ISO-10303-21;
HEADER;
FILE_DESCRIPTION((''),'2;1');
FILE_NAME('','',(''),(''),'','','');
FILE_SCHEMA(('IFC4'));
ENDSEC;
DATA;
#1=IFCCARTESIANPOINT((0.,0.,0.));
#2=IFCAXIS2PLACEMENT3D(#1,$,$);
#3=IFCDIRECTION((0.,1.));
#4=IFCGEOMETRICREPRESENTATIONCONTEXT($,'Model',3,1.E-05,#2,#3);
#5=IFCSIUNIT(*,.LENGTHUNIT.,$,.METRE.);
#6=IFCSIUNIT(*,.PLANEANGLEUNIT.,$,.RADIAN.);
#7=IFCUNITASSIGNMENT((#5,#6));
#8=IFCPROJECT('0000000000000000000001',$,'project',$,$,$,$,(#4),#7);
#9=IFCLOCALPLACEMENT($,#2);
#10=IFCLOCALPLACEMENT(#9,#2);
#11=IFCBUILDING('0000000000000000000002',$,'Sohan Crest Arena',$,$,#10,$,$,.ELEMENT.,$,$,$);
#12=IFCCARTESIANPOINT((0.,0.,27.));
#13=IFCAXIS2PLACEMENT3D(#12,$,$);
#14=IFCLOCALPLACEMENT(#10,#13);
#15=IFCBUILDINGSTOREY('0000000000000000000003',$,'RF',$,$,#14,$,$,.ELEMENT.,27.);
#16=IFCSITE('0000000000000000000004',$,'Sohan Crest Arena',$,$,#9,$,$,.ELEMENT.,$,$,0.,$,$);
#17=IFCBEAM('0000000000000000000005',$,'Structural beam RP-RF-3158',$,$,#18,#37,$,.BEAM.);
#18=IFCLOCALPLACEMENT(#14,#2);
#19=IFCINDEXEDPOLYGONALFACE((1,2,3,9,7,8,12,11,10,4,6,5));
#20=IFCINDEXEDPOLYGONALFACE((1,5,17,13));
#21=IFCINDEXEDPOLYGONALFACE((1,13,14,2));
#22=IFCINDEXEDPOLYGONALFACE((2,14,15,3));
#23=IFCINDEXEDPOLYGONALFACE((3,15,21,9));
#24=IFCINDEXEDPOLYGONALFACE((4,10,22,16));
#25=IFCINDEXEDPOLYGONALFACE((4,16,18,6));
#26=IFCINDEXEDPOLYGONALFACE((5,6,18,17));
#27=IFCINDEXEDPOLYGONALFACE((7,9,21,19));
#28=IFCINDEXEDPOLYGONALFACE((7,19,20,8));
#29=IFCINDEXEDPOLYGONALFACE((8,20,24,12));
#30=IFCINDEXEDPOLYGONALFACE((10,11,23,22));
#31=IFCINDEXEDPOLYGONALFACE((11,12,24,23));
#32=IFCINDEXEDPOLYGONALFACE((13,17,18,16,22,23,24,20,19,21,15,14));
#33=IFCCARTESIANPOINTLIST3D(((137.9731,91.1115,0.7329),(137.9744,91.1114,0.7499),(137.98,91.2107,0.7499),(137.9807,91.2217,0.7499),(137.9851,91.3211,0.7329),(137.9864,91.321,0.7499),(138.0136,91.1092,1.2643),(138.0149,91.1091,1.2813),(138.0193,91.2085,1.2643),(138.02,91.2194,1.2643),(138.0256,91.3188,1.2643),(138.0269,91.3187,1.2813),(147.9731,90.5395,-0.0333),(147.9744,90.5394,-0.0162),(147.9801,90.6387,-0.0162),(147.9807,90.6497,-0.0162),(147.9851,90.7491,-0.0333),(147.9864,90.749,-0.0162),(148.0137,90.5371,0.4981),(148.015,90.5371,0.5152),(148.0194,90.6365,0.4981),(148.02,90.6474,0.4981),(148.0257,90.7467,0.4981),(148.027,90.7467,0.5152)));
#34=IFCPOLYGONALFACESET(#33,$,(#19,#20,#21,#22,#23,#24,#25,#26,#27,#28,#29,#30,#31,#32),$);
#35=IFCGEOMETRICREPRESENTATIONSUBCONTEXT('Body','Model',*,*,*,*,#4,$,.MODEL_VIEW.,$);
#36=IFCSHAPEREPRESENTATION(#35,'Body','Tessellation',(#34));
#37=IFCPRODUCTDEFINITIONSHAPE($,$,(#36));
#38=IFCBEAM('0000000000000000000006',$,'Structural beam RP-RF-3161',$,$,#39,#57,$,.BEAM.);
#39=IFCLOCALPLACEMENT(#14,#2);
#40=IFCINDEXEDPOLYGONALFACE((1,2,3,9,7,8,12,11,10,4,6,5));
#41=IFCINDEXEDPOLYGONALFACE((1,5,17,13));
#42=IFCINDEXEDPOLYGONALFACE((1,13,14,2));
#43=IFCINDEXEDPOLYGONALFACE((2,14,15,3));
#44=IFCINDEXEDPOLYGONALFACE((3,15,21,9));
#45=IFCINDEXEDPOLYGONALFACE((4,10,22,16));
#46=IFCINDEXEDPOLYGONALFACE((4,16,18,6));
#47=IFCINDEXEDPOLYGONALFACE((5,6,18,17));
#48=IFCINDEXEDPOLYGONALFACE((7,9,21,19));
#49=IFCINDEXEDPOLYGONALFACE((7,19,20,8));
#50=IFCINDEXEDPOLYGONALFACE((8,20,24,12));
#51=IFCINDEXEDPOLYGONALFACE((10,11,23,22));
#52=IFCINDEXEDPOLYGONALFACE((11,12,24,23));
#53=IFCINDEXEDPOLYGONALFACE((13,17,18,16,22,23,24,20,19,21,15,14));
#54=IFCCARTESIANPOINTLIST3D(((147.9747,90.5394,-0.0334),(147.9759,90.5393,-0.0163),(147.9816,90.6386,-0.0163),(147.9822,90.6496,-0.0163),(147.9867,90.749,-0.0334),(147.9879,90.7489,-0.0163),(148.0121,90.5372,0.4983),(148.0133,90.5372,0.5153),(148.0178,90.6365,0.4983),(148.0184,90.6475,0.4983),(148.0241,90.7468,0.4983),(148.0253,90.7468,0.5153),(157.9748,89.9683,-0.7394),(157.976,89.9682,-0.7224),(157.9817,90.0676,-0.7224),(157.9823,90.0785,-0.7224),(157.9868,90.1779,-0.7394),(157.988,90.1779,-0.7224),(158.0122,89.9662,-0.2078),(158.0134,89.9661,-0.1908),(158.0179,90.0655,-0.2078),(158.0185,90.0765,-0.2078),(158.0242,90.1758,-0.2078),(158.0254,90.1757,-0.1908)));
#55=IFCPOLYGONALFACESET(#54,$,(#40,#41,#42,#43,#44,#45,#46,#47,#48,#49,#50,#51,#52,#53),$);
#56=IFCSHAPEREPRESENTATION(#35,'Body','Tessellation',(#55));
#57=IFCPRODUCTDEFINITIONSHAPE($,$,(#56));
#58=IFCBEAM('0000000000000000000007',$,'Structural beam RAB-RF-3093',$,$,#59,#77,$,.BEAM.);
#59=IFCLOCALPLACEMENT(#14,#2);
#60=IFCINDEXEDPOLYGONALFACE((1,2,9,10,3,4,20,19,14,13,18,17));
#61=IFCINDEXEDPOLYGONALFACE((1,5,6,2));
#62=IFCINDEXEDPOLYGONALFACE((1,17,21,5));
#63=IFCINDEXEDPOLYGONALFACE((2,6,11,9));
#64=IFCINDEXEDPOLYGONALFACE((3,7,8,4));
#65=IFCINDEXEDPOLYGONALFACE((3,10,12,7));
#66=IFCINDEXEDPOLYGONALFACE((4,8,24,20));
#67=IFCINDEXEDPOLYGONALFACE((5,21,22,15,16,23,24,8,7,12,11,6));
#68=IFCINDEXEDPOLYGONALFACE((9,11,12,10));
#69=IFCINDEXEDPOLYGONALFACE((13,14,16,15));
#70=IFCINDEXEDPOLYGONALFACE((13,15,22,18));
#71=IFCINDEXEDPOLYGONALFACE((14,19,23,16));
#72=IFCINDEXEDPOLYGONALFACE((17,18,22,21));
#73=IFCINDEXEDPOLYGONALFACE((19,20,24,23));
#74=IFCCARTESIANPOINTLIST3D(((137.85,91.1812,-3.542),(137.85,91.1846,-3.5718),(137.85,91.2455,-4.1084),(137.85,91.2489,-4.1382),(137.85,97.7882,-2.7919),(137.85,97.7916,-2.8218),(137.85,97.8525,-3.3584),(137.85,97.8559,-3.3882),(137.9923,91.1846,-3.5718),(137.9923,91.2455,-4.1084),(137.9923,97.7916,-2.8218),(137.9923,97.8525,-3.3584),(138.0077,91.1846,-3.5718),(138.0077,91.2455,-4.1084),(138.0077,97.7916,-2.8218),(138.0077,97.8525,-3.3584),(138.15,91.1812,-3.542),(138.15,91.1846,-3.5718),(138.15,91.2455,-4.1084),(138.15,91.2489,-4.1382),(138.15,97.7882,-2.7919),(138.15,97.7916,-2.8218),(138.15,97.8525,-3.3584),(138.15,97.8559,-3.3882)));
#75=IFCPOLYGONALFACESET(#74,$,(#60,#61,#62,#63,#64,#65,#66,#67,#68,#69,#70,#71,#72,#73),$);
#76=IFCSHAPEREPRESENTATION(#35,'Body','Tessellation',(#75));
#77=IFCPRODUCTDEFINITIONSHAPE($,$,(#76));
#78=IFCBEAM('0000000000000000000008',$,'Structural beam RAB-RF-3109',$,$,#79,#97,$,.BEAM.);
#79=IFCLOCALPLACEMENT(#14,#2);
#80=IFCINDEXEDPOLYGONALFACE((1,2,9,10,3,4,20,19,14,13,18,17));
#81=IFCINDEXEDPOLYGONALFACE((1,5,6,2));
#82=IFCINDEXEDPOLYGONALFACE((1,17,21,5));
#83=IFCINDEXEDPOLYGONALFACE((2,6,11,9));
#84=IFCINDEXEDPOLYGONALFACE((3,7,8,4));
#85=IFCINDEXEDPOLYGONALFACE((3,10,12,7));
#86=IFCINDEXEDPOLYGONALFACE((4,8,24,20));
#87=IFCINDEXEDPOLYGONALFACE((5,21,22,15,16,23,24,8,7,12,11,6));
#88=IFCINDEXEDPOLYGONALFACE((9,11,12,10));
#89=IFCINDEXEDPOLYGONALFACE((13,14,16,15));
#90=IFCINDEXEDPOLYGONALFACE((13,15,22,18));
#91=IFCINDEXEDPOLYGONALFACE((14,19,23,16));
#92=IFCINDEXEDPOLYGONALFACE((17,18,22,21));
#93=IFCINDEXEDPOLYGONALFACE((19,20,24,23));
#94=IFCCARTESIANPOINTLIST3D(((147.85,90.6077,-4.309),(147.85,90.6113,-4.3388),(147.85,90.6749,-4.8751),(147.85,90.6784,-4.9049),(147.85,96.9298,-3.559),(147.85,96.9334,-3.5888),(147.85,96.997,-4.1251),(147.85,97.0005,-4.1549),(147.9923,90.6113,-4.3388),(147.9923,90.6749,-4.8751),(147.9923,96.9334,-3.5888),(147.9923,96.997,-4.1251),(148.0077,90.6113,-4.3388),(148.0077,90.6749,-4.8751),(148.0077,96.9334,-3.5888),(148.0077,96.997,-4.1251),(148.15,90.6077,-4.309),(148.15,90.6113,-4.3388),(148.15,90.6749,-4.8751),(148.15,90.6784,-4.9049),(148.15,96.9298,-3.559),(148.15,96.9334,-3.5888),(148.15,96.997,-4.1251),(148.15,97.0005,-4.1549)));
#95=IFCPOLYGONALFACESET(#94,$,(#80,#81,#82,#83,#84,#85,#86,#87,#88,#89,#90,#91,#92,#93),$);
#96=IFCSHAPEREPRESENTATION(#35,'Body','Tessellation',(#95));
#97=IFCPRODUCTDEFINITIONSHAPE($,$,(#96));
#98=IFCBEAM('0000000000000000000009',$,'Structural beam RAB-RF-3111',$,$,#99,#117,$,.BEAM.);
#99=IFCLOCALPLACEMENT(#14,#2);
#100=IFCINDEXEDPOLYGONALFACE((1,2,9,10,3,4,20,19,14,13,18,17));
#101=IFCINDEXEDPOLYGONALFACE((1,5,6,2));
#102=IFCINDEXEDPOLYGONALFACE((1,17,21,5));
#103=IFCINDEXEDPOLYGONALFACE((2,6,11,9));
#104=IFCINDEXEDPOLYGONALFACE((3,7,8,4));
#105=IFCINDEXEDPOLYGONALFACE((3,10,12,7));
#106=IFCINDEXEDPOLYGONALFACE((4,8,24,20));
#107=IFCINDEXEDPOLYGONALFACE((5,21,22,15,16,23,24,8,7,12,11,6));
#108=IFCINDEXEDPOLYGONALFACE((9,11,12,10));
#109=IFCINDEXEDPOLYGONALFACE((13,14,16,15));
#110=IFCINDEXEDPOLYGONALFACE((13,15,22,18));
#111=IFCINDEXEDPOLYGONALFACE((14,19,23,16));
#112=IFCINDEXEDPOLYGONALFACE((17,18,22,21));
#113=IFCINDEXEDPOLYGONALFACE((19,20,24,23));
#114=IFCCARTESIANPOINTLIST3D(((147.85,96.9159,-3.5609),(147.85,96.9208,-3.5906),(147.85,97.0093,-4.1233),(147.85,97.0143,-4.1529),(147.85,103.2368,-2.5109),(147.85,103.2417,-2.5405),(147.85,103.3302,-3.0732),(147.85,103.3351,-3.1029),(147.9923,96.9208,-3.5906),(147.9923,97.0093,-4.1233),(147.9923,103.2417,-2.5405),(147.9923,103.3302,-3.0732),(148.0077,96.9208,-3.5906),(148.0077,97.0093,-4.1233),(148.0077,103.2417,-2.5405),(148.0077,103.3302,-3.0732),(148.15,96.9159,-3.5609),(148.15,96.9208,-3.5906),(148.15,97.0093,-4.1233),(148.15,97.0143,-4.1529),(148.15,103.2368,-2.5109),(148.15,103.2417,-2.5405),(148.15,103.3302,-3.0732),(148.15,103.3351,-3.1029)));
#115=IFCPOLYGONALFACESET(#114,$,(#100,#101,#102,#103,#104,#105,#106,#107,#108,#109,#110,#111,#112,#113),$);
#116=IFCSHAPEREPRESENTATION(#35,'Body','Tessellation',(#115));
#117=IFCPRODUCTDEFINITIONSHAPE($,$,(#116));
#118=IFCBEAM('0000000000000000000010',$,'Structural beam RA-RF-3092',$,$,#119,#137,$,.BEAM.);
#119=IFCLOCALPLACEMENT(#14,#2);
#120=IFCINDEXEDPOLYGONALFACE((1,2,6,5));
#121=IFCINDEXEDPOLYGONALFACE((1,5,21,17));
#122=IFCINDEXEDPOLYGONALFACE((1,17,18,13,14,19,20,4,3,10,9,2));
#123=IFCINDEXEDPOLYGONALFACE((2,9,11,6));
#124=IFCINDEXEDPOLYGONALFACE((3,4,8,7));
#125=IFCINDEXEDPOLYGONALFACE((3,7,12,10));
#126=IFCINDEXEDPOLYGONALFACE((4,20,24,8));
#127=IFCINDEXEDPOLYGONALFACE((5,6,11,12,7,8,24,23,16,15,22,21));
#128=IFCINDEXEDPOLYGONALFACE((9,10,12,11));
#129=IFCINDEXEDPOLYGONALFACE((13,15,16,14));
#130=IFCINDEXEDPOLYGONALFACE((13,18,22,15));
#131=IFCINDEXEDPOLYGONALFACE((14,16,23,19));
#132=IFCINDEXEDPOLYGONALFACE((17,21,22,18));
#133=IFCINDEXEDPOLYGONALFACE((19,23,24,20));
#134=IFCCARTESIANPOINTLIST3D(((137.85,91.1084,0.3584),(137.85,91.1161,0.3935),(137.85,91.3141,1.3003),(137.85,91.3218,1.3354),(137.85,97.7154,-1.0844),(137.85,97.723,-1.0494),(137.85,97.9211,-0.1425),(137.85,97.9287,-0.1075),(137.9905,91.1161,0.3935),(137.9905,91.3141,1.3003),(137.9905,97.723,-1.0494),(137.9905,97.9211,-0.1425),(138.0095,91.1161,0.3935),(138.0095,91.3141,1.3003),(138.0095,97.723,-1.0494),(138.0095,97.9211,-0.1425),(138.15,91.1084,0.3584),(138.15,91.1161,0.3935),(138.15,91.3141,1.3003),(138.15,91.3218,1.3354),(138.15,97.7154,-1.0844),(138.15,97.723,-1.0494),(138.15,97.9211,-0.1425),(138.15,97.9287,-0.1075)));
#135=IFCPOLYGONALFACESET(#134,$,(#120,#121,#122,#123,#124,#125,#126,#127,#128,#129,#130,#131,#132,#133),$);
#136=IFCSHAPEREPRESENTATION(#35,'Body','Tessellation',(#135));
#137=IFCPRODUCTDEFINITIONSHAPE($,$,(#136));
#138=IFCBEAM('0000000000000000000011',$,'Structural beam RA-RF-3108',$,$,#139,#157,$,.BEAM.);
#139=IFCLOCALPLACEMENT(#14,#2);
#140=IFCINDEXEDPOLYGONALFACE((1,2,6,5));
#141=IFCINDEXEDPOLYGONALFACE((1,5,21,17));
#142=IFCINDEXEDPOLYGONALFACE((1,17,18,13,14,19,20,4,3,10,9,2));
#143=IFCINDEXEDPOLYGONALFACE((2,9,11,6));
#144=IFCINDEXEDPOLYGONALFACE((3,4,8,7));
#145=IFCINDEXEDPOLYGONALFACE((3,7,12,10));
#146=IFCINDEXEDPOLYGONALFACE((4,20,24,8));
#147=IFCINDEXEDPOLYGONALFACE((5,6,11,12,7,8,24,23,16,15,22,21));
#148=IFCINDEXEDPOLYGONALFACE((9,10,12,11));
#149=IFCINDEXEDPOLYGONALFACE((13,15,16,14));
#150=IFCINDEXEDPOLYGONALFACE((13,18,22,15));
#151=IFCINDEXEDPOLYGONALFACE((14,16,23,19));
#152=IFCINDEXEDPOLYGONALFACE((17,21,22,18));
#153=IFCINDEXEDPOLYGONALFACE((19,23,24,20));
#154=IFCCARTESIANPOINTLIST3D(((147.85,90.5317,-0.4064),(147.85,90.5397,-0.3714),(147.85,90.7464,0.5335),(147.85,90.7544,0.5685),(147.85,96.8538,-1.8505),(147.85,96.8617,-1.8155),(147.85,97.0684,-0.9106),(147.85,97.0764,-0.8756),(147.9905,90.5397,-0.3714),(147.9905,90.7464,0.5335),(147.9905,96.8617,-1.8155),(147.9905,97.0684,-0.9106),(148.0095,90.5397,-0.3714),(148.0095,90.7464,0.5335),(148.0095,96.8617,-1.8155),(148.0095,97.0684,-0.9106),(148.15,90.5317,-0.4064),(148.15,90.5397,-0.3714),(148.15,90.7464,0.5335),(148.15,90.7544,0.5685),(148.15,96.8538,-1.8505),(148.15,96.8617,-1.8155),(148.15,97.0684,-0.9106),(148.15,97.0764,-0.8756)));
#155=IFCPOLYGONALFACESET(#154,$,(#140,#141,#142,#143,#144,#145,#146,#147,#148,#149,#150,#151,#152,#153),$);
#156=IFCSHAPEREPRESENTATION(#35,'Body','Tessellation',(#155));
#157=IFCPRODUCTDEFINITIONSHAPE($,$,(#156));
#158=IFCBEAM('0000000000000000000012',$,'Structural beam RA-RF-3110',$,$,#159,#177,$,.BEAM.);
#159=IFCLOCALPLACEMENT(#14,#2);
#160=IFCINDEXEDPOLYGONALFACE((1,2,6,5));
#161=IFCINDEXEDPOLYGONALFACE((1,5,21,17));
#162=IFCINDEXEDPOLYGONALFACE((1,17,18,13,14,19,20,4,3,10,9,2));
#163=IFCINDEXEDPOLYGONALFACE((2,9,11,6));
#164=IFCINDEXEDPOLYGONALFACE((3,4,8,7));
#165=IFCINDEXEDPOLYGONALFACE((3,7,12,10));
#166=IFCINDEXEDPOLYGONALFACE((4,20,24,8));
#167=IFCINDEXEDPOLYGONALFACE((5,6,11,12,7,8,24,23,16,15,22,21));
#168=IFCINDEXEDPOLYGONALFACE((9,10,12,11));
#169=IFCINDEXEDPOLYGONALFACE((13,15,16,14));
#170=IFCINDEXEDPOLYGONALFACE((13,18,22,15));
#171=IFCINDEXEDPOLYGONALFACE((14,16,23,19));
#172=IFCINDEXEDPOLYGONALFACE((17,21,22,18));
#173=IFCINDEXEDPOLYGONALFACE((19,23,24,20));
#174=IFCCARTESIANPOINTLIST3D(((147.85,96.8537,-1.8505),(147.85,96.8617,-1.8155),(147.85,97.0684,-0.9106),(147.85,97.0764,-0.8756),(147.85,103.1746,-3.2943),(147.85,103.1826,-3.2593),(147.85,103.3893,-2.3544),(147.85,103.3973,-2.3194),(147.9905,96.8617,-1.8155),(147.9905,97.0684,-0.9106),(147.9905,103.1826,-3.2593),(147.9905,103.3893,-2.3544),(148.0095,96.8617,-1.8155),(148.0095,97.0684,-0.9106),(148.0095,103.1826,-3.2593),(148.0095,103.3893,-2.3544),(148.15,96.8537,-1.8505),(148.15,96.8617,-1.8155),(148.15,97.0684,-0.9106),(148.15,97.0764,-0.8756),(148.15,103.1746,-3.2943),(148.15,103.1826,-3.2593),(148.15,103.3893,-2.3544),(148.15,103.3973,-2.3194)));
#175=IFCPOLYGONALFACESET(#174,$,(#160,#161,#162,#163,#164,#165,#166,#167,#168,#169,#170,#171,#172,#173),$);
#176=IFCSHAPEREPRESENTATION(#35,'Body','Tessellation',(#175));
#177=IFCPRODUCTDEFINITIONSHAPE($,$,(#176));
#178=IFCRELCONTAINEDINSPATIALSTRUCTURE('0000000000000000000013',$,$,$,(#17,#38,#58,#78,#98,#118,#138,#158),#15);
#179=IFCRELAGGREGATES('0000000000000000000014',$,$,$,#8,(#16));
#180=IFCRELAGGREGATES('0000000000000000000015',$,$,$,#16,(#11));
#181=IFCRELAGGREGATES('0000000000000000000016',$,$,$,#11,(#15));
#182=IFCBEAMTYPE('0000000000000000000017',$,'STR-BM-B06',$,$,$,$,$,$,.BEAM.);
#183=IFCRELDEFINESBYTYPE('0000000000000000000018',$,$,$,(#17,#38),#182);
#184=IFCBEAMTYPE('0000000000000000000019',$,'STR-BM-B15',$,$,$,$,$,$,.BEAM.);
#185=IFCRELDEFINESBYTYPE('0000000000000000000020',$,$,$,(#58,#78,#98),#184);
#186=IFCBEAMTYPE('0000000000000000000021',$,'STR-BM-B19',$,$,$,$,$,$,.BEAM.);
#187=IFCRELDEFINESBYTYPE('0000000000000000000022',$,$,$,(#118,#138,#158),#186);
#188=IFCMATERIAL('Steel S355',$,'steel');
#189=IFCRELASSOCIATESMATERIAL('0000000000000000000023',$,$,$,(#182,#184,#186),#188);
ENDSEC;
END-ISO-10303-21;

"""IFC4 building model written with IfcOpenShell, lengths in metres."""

from ifc_helpers import new_model, si_unit, direction, frame, origin, origin_2d, place, context, subcontext, project, spatial, i_section, extrude, material, material_profile, profile_set, type_object, element, save


model = new_model("IFC4")

# Units and contexts
model_context = context("Model", 3, precision=1e-05, world=origin(), true_north=direction((0.0, 1.0)))
body_context = subcontext(model_context, "Body", "Model", "MODEL_VIEW")
ifc_project = project(units=[si_unit("LENGTHUNIT", "METRE"), si_unit("PLANEANGLEUNIT", "RADIAN")], contexts=[model_context])

# Site, building, storey
site_placement = place(None, origin())
site = spatial("IfcSite", under=ifc_project, at=site_placement, Name="Sohan Crest Arena", CompositionType="ELEMENT", RefElevation=0.0)
building_placement = place(site_placement, origin())
building = spatial("IfcBuilding", under=site, at=building_placement, Name="Sohan Crest Arena", CompositionType="ELEMENT")
storey_placement = place(building_placement, frame((0.0, 0.0, 27.0)))
storey = spatial("IfcBuildingStorey", under=building, at=storey_placement, Name="RF", CompositionType="ELEMENT", Elevation=27.0)

# Beams
ifc_material_1 = material(Name="Steel S355", Category="steel")
ifc_material_profile_1 = material_profile(ifc_material_1, i_section(OverallWidth=0.21, OverallDepth=0.55, WebThickness=0.011, FlangeThickness=0.0171, at=origin_2d()), Name="IPE 550")
ifc_profile_set_1 = profile_set([ifc_material_profile_1], Name="Steel S355")
beam_type_1 = type_object("IfcBeamType", Name="STR-BM-B06", PredefinedType="BEAM", material=ifc_profile_set_1)
beam_1_placement = place(storey_placement, frame((138.0, 91.2151, 1.0071), z_axis=(0.99546, -0.056942, -0.076264), x_axis=(0.057109, 0.998368, 0.0)))
element("IfcBeam", 1, at=beam_1_placement, inside=storey, type_object=beam_type_1, Name="Structural beam RP-RF-3158", PredefinedType="BEAM", context=body_context, shape_type="SweptSolid", body=[
    extrude(i_section(OverallWidth=0.21, OverallDepth=0.55, WebThickness=0.011, FlangeThickness=0.0171, at=origin_2d()), origin(), (0.0, 0.0, 1.0), 10.0457),
])
beam_2_placement = place(storey_placement, frame((148.0, 90.6431, 0.241), z_axis=(0.995902, -0.05687, -0.070316), x_axis=(0.057012, 0.998374, 0.0)))
element("IfcBeam", 2, at=beam_2_placement, inside=storey, type_object=beam_type_1, Name="Structural beam RP-RF-3161", PredefinedType="BEAM", context=body_context, shape_type="SweptSolid", body=[
    extrude(i_section(OverallWidth=0.21, OverallDepth=0.55, WebThickness=0.011, FlangeThickness=0.0171, at=origin_2d()), origin(), (0.0, 0.0, 1.0), 10.0413),
])
ifc_material_profile_2 = material_profile(ifc_material_1, i_section(OverallWidth=0.3, OverallDepth=0.6001, WebThickness=0.0154, FlangeThickness=0.03, at=origin_2d()), Name="HEB 600")
ifc_profile_set_2 = profile_set([ifc_material_profile_2], Name="Steel S355")
beam_type_2 = type_object("IfcBeamType", Name="STR-BM-B15", PredefinedType="BEAM", material=ifc_profile_set_2)
beam_3_placement = place(storey_placement, frame((138.0, 91.2151, -3.8401), z_axis=(0.0, 0.993619, 0.112793), x_axis=(-1.0, 0.0, 0.0)))
element("IfcBeam", 3, at=beam_3_placement, inside=storey, type_object=beam_type_2, Name="Structural beam RAB-RF-3093", PredefinedType="BEAM", context=body_context, shape_type="SweptSolid", body=[
    extrude(i_section(OverallWidth=0.3, OverallDepth=0.6001, WebThickness=0.0154, FlangeThickness=0.03, at=origin_2d()), origin(), (0.0, 0.0, 1.0), 6.6494),
])
beam_4_placement = place(storey_placement, frame((148.0, 90.6431, -4.6069), z_axis=(0.0, 0.993037, 0.117807), x_axis=(-1.0, 0.0, 0.0)))
element("IfcBeam", 4, at=beam_4_placement, inside=storey, type_object=beam_type_2, Name="Structural beam RAB-RF-3109", PredefinedType="BEAM", context=body_context, shape_type="SweptSolid", body=[
    extrude(i_section(OverallWidth=0.3, OverallDepth=0.6001, WebThickness=0.0154, FlangeThickness=0.03, at=origin_2d()), origin(), (0.0, 0.0, 1.0), 6.3665),
])
beam_5_placement = place(storey_placement, frame((148.0, 96.9651, -3.8569), z_axis=(0.0, 0.98648, 0.16388), x_axis=(-1.0, 0.0, 0.0)))
element("IfcBeam", 5, at=beam_5_placement, inside=storey, type_object=beam_type_2, Name="Structural beam RAB-RF-3111", PredefinedType="BEAM", context=body_context, shape_type="SweptSolid", body=[
    extrude(i_section(OverallWidth=0.3, OverallDepth=0.6001, WebThickness=0.0154, FlangeThickness=0.03, at=origin_2d()), origin(), (0.0, 0.0, 1.0), 6.4075),
])
ifc_material_profile_3 = material_profile(ifc_material_1, i_section(OverallWidth=0.3, OverallDepth=1.0, WebThickness=0.019, FlangeThickness=0.0359, at=origin_2d()), Name="HEB 1000")
ifc_profile_set_3 = profile_set([ifc_material_profile_3], Name="Steel S355")
beam_type_3 = type_object("IfcBeamType", Name="STR-BM-B19", PredefinedType="BEAM", material=ifc_profile_set_3)
beam_6_placement = place(storey_placement, frame((138.0, 91.2151, 0.8469), z_axis=(0.0, 0.976974, -0.213359), x_axis=(-1.0, 0.0, 0.0)))
element("IfcBeam", 6, at=beam_6_placement, inside=storey, type_object=beam_type_3, Name="Structural beam RA-RF-3092", PredefinedType="BEAM", context=body_context, shape_type="SweptSolid", body=[
    extrude(i_section(OverallWidth=0.3, OverallDepth=1.0, WebThickness=0.019, FlangeThickness=0.0359, at=origin_2d()), origin(), (0.0, 0.0, 1.0), 6.7627),
])
beam_7_placement = place(storey_placement, frame((148.0, 90.6431, 0.0811), z_axis=(0.0, 0.97489, -0.222687), x_axis=(-1.0, 0.0, 0.0)))
element("IfcBeam", 7, at=beam_7_placement, inside=storey, type_object=beam_type_3, Name="Structural beam RA-RF-3108", PredefinedType="BEAM", context=body_context, shape_type="SweptSolid", body=[
    extrude(i_section(OverallWidth=0.3, OverallDepth=1.0, WebThickness=0.019, FlangeThickness=0.0359, at=origin_2d()), origin(), (0.0, 0.0, 1.0), 6.4849),
])
beam_8_placement = place(storey_placement, frame((148.0, 96.9651, -1.363), z_axis=(0.0, 0.974889, -0.222692), x_axis=(-1.0, 0.0, 0.0)))
element("IfcBeam", 8, at=beam_8_placement, inside=storey, type_object=beam_type_3, Name="Structural beam RA-RF-3110", PredefinedType="BEAM", context=body_context, shape_type="SweptSolid", body=[
    extrude(i_section(OverallWidth=0.3, OverallDepth=1.0, WebThickness=0.019, FlangeThickness=0.0359, at=origin_2d()), origin(), (0.0, 0.0, 1.0), 6.4836),
])

save(model, "model.ifc")
